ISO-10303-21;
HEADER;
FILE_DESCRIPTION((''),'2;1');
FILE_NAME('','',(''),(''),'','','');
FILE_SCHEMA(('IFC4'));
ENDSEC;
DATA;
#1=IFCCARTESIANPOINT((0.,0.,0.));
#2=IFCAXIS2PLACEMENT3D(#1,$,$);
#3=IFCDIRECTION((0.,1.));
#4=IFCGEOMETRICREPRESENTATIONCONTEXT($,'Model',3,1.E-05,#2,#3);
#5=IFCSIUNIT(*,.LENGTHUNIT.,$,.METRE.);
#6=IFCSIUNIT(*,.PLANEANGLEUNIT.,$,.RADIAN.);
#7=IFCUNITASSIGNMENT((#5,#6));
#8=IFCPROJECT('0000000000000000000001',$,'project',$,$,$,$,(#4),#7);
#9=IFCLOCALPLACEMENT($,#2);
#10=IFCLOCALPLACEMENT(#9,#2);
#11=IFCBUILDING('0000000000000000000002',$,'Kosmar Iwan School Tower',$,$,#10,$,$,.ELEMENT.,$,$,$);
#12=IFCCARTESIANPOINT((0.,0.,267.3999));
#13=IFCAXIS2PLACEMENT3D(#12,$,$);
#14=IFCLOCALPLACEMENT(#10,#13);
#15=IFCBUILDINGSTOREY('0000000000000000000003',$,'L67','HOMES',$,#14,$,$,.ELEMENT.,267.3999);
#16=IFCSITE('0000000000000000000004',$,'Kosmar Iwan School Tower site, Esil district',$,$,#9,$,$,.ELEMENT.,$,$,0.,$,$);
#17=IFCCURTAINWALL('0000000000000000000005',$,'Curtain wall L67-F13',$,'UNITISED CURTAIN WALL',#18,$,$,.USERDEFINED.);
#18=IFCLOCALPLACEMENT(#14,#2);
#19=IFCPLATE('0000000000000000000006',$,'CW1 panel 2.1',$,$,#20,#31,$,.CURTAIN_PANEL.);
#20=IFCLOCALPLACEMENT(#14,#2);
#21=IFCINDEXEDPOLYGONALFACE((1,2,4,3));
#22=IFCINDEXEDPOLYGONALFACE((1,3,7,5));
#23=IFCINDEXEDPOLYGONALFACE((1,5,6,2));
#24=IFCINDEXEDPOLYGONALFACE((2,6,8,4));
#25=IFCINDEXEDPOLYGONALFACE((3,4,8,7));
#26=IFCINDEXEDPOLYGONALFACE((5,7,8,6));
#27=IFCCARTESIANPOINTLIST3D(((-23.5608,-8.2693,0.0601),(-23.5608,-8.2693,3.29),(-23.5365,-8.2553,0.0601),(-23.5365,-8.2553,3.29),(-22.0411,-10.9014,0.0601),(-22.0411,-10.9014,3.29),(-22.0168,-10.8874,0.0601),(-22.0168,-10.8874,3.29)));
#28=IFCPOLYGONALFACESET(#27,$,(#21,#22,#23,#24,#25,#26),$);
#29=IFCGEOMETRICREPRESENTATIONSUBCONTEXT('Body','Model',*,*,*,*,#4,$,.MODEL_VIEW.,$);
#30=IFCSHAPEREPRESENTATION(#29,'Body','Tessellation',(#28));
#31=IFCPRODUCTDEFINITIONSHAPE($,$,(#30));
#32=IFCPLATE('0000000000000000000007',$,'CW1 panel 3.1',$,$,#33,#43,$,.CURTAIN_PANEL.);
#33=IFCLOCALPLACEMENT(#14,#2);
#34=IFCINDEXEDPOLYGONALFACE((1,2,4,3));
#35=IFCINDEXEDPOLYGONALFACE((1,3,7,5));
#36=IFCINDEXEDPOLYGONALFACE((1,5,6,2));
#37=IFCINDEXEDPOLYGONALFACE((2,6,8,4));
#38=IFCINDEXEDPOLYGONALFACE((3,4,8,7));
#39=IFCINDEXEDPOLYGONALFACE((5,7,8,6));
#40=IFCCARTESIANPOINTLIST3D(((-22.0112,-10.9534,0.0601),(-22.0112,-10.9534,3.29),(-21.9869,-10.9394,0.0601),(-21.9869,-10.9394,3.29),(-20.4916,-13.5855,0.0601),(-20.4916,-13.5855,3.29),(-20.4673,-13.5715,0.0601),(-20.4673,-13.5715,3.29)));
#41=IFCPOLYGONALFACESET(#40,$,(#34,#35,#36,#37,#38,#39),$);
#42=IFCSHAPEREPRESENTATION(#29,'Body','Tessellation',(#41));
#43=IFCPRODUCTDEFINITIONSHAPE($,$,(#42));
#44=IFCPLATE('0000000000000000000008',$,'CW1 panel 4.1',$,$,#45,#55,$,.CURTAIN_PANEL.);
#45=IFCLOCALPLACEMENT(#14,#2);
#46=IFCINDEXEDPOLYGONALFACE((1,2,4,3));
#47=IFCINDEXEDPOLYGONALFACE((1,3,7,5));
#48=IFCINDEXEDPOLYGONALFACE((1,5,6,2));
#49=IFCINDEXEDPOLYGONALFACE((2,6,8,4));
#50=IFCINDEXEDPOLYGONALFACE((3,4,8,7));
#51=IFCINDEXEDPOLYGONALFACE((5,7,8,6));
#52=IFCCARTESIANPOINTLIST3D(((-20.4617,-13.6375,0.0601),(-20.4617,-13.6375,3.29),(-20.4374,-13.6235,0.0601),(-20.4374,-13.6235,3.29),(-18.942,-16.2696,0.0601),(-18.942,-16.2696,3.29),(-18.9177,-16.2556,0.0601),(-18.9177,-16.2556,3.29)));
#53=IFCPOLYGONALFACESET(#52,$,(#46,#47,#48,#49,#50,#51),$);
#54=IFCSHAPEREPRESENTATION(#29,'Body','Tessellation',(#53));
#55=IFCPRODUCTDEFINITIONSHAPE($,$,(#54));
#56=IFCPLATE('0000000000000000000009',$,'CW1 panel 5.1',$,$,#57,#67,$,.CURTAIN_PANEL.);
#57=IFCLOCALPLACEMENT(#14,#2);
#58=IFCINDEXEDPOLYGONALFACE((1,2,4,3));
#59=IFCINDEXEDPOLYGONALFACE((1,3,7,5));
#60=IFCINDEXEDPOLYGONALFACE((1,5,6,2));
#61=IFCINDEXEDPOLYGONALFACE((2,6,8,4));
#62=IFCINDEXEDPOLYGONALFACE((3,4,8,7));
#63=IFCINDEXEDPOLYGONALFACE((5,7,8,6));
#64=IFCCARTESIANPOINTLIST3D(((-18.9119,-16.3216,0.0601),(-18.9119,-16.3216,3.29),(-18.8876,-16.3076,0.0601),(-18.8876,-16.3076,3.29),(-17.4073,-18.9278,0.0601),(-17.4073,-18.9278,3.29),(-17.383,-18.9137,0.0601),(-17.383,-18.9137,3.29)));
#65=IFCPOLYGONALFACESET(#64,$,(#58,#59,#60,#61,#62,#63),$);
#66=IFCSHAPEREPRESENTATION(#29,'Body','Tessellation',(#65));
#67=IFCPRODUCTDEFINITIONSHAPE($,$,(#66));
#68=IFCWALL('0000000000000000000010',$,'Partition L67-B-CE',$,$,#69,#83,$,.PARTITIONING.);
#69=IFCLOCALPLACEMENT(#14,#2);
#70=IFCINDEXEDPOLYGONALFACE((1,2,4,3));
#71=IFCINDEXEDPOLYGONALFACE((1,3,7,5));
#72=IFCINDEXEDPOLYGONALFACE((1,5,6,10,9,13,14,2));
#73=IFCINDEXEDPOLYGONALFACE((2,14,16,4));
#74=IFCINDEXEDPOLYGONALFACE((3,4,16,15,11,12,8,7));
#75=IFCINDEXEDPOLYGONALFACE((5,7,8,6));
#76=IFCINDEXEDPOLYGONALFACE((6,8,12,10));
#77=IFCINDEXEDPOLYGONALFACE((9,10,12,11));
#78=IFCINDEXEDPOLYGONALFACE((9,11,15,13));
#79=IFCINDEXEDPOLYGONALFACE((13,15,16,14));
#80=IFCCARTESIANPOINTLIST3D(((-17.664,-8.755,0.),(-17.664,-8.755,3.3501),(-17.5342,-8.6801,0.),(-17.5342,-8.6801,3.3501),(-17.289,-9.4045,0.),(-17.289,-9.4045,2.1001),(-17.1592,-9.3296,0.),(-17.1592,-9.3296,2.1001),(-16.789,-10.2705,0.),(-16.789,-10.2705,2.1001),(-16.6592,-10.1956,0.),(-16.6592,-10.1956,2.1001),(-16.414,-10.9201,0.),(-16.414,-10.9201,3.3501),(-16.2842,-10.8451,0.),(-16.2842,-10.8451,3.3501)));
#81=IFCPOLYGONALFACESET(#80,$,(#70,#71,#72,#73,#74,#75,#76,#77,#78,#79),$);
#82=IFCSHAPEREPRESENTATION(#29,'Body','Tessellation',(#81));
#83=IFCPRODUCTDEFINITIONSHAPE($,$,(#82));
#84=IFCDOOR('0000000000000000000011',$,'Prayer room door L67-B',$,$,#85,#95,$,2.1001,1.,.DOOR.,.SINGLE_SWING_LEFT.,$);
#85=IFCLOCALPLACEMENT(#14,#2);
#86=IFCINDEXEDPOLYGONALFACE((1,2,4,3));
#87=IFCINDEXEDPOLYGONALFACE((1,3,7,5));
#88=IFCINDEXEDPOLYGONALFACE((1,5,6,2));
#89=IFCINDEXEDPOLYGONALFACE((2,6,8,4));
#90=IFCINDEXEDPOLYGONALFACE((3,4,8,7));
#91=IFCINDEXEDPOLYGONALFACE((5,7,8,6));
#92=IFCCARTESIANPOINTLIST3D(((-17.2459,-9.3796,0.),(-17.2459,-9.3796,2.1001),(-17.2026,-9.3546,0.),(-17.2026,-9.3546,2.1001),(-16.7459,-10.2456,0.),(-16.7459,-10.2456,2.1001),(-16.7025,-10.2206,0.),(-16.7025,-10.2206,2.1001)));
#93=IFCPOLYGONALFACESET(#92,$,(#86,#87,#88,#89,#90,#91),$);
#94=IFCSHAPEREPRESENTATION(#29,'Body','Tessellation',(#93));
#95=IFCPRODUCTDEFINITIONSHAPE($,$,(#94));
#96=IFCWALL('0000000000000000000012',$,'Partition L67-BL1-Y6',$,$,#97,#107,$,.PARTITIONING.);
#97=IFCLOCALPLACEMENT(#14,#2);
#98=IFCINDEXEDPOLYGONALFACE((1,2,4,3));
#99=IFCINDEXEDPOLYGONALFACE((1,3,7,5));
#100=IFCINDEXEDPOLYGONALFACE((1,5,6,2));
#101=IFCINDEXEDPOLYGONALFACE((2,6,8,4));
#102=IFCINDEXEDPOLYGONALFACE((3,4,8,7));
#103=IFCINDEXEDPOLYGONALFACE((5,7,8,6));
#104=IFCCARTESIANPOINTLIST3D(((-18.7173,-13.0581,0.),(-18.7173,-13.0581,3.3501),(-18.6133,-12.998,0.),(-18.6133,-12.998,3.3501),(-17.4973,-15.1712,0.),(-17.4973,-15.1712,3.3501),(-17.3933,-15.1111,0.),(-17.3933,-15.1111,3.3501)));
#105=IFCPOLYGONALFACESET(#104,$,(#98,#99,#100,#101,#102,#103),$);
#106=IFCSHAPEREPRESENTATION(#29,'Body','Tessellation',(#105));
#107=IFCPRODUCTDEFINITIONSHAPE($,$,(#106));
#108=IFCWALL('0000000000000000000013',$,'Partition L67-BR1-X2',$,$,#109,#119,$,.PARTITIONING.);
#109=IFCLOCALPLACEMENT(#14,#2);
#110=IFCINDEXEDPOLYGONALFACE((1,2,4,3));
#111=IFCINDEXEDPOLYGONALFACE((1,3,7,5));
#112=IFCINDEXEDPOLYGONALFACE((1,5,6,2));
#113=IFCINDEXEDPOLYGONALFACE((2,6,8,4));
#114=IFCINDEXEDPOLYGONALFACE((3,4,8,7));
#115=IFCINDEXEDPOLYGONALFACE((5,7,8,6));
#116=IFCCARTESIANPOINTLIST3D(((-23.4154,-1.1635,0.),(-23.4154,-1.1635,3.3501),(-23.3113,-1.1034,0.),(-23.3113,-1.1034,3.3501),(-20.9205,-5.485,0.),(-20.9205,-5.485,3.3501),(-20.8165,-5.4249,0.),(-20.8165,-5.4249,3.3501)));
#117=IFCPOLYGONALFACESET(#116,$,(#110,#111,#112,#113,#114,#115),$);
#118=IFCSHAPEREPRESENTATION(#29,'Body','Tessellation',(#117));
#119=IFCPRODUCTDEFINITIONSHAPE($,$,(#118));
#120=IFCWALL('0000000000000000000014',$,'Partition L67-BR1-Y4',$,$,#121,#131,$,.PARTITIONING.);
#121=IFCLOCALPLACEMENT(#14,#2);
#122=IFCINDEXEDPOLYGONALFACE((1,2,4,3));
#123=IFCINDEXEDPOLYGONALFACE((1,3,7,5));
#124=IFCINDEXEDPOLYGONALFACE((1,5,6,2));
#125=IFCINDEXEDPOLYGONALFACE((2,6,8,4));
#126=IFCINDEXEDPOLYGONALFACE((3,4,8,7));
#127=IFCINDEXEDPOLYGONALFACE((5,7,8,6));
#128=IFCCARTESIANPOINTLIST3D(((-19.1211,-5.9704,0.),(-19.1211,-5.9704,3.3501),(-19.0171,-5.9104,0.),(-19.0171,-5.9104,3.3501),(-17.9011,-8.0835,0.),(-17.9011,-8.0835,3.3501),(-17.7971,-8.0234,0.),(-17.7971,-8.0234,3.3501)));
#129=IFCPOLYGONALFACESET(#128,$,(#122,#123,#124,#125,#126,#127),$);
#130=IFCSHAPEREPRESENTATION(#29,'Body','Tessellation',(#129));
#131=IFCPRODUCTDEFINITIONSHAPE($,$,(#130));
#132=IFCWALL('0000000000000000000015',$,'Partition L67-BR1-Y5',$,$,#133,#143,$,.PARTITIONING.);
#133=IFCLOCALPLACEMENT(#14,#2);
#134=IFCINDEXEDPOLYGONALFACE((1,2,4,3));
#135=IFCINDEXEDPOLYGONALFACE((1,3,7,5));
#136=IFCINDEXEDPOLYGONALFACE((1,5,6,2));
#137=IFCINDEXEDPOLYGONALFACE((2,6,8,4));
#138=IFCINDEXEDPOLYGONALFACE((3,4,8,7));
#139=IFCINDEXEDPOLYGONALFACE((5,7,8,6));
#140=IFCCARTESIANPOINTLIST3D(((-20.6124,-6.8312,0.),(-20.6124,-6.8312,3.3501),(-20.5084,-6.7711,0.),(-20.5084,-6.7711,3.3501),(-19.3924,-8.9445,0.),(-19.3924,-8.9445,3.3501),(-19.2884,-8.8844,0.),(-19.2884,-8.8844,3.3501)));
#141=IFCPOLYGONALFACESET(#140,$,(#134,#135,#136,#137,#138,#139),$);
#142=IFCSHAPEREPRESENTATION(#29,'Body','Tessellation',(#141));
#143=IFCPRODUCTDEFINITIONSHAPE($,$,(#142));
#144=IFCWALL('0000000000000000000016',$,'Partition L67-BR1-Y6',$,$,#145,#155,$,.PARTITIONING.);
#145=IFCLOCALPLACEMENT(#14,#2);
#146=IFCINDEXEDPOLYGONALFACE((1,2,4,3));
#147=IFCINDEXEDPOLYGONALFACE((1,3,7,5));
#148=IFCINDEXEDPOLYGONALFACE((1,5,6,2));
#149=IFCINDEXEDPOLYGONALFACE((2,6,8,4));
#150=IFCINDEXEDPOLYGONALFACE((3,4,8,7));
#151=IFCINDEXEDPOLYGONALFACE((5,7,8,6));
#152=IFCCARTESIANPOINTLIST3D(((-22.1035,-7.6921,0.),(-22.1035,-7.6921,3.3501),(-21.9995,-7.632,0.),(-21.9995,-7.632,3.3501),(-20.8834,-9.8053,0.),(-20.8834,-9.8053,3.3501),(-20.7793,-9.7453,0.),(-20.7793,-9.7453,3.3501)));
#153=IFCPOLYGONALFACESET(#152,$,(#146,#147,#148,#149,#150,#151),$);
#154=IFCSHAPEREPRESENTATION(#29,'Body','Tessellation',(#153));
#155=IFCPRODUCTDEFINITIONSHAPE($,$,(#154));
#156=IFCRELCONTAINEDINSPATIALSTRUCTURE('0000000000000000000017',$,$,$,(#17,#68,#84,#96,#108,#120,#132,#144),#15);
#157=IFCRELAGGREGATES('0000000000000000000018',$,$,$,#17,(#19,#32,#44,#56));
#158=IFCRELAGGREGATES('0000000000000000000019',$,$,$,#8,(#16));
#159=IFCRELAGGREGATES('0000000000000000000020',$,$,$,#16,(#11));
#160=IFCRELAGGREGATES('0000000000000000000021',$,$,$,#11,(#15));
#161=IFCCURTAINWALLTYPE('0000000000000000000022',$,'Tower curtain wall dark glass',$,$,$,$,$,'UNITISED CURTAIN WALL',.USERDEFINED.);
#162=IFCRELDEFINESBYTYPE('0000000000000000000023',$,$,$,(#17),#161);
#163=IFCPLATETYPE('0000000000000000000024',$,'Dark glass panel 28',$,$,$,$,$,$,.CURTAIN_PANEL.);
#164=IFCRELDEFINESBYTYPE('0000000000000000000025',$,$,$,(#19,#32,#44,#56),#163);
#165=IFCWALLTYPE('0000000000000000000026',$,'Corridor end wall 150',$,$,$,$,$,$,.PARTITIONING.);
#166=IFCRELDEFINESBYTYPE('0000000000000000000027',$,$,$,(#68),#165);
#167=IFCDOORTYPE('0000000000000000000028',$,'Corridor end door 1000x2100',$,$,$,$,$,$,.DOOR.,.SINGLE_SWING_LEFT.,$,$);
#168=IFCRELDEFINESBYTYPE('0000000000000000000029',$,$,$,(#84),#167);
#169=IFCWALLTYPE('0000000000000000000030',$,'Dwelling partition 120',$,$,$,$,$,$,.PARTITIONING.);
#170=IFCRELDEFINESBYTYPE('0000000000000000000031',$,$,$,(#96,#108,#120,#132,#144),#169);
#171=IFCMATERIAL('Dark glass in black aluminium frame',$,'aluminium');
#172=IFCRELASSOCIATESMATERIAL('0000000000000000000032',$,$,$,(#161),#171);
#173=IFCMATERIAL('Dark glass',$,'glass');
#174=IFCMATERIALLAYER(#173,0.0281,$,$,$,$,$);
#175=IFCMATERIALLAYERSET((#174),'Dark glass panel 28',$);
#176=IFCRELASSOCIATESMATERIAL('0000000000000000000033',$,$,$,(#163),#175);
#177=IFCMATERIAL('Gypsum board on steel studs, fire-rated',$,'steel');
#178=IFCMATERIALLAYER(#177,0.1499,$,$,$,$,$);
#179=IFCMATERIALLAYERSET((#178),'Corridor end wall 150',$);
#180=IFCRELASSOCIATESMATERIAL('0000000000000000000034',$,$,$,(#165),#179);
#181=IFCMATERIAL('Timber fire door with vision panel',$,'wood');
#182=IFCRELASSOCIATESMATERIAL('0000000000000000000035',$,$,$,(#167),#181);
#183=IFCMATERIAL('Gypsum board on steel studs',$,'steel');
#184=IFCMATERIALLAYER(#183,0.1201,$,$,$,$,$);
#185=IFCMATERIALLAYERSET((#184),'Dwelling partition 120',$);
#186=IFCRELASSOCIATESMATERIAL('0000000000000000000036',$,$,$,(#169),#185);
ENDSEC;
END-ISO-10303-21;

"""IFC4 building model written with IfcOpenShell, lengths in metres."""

from ifc_helpers import new_model, si_unit, direction, frame, frame_2d, origin, origin_2d, place, context, subcontext, project, spatial, rectangle, extrude, material, layer, layer_set, type_object, element, fill, aggregate, save


model = new_model("IFC4")

# Units and contexts
model_context = context("Model", 3, precision=1e-05, world=origin(), true_north=direction((0.0, 1.0)))
body_context = subcontext(model_context, "Body", "Model", "MODEL_VIEW")
ifc_project = project(units=[si_unit("LENGTHUNIT", "METRE"), si_unit("PLANEANGLEUNIT", "RADIAN")], contexts=[model_context])

# Site, building, storey
site_placement = place(None, origin())
site = spatial("IfcSite", under=ifc_project, at=site_placement, Name="Kosmar Iwan School Tower site, Esil district", CompositionType="ELEMENT", RefElevation=0.0)
building_placement = place(site_placement, origin())
building = spatial("IfcBuilding", under=site, at=building_placement, Name="Kosmar Iwan School Tower", CompositionType="ELEMENT")
storey_placement = place(building_placement, frame((0.0, 0.0, 267.3999)))
storey = spatial("IfcBuildingStorey", under=building, at=storey_placement, Name="L67", Description="HOMES", CompositionType="ELEMENT", Elevation=267.3999)

# Curtain wall
ifc_material_1 = material(Name="Dark glass in black aluminium frame", Category="aluminium")
curtain_wall_type_1 = type_object("IfcCurtainWallType", Name="Tower curtain wall dark glass", ElementType="UNITISED CURTAIN WALL", PredefinedType="USERDEFINED", material=ifc_material_1)
curtain_wall_1_placement = place(storey_placement, origin())
curtain_wall_1 = element("IfcCurtainWall", 1, at=curtain_wall_1_placement, inside=storey, type_object=curtain_wall_type_1, Name="Curtain wall L67-F13", ObjectType="UNITISED CURTAIN WALL", PredefinedType="USERDEFINED")

# Plates
ifc_material_2 = material(Name="Dark glass", Category="glass")
ifc_layer_1 = layer(ifc_material_2, 0.0281)
ifc_layer_set_1 = layer_set([ifc_layer_1], Name="Dark glass panel 28")
plate_type = type_object("IfcPlateType", Name="Dark glass panel 28", PredefinedType="CURTAIN_PANEL", material=ifc_layer_set_1)
plate_1_placement = place(storey_placement, frame((-22.7888, -9.5784, 0.0601), z_axis=(0.0, 0.0, 1.0), x_axis=(0.5, -0.866025, 0.0)))
plate_1 = element("IfcPlate", 2, at=plate_1_placement, type_object=plate_type, Name="CW1 panel 2.1", PredefinedType="CURTAIN_PANEL", context=body_context, shape_type="SweptSolid", body=[
    extrude(rectangle(XDim=3.0393, YDim=0.0281, at=origin_2d()), origin(), (0.0, 0.0, 1.0), 3.23),
])
plate_2_placement = place(storey_placement, frame((-21.2393, -12.2625, 0.0601), z_axis=(0.0, 0.0, 1.0), x_axis=(0.5, -0.866025, 0.0)))
plate_2 = element("IfcPlate", 3, at=plate_2_placement, type_object=plate_type, Name="CW1 panel 3.1", PredefinedType="CURTAIN_PANEL", context=body_context, shape_type="SweptSolid", body=[
    extrude(rectangle(XDim=3.0393, YDim=0.0281, at=origin_2d()), origin(), (0.0, 0.0, 1.0), 3.23),
])
plate_3_placement = place(storey_placement, frame((-19.6897, -14.9465, 0.0601), z_axis=(0.0, 0.0, 1.0), x_axis=(0.5, -0.866025, 0.0)))
plate_3 = element("IfcPlate", 4, at=plate_3_placement, type_object=plate_type, Name="CW1 panel 4.1", PredefinedType="CURTAIN_PANEL", context=body_context, shape_type="SweptSolid", body=[
    extrude(rectangle(XDim=3.0393, YDim=0.0281, at=origin_2d()), origin(), (0.0, 0.0, 1.0), 3.23),
])
plate_4_placement = place(storey_placement, frame((-18.1475, -17.6177, 0.0601), z_axis=(0.0, 0.0, 1.0), x_axis=(0.5, -0.866025, 0.0)))
plate_4 = element("IfcPlate", 5, at=plate_4_placement, type_object=plate_type, Name="CW1 panel 5.1", PredefinedType="CURTAIN_PANEL", context=body_context, shape_type="SweptSolid", body=[
    extrude(rectangle(XDim=3.0093, YDim=0.0281, at=origin_2d()), origin(), (0.0, 0.0, 1.0), 3.23),
])
aggregate(curtain_wall_1, [plate_1, plate_2, plate_3, plate_4])

# Wall, opening, door
ifc_material_3 = material(Name="Gypsum board on steel studs, fire-rated", Category="steel")
ifc_layer_2 = layer(ifc_material_3, 0.1499)
ifc_layer_set_2 = layer_set([ifc_layer_2], Name="Corridor end wall 150")
wall_type_1 = type_object("IfcWallType", Name="Corridor end wall 150", PredefinedType="PARTITIONING", material=ifc_layer_set_2)
wall_1_placement = place(storey_placement, frame((-17.5991, -8.7175, 0.0), z_axis=(0.0, 0.0, 1.0), x_axis=(0.500004, -0.866023, 0.0)))
wall_1 = element("IfcWall", 6, at=wall_1_placement, inside=storey, type_object=wall_type_1, Name="Partition L67-B-CE", PredefinedType="PARTITIONING", context=body_context, shape_type="SweptSolid", body=[
    extrude(rectangle(XDim=2.5, YDim=0.1499, at=frame_2d((1.25, 0.0))), origin(), (0.0, 0.0, 1.0), 3.3501),
])
opening_placement = place(wall_1_placement, frame((0.75, 0.0, 0.0)))
opening = element("IfcOpeningElement", 7, at=opening_placement, cuts=wall_1, PredefinedType="OPENING", context=body_context, shape_type="SweptSolid", body=[
    extrude(rectangle(XDim=1.0, YDim=2.1001, at=frame_2d((0.5, 1.05))), frame((0.0, 0.0869, 0.0), z_axis=(0.0, -1.0, 0.0), x_axis=(1.0, 0.0, 0.0)), (0.0, 0.0, 1.0), 0.1738),
])
ifc_material_4 = material(Name="Timber fire door with vision panel", Category="wood")
door_type = type_object("IfcDoorType", Name="Corridor end door 1000x2100", OperationType="SINGLE_SWING_LEFT", PredefinedType="DOOR", material=ifc_material_4)
door_placement = place(opening_placement, origin())
door = element("IfcDoor", 8, at=door_placement, inside=storey, type_object=door_type, Name="Prayer room door L67-B", OperationType="SINGLE_SWING_LEFT", OverallHeight=2.1001, OverallWidth=1.0, PredefinedType="DOOR", context=body_context, shape_type="SweptSolid", body=[
    extrude(rectangle(XDim=1.0, YDim=2.1001, at=frame_2d((0.5, 1.05))), frame((0.0, 0.0249, 0.0), z_axis=(0.0, -1.0, 0.0), x_axis=(1.0, 0.0, 0.0)), (0.0, 0.0, 1.0), 0.05),
])
fill(opening, door)

# Walls
ifc_material_5 = material(Name="Gypsum board on steel studs", Category="steel")
ifc_layer_3 = layer(ifc_material_5, 0.1201)
ifc_layer_set_3 = layer_set([ifc_layer_3], Name="Dwelling partition 120")
wall_type_2 = type_object("IfcWallType", Name="Dwelling partition 120", PredefinedType="PARTITIONING", material=ifc_layer_set_3)
wall_2_placement = place(storey_placement, frame((-18.6653, -13.0281, 0.0), z_axis=(0.0, 0.0, 1.0), x_axis=(0.500003, -0.866024, 0.0)))
element("IfcWall", 9, at=wall_2_placement, inside=storey, type_object=wall_type_2, Name="Partition L67-BL1-Y6", PredefinedType="PARTITIONING", context=body_context, shape_type="SweptSolid", body=[
    extrude(rectangle(XDim=2.4399, YDim=0.1201, at=frame_2d((1.22, 0.0))), origin(), (0.0, 0.0, 1.0), 3.3501),
])
wall_3_placement = place(storey_placement, frame((-20.8684, -5.4551, 0.0), z_axis=(0.0, 0.0, 1.0), x_axis=(-0.499975, 0.86604, 0.0)))
element("IfcWall", 10, at=wall_3_placement, inside=storey, type_object=wall_type_2, Name="Partition L67-BR1-X2", PredefinedType="PARTITIONING", context=body_context, shape_type="SweptSolid", body=[
    extrude(rectangle(XDim=4.99, YDim=0.1201, at=frame_2d((2.4951, 0.0))), origin(), (0.0, 0.0, 1.0), 3.3501),
])
wall_4_placement = place(storey_placement, frame((-17.8491, -8.0535, 0.0), z_axis=(0.0, 0.0, 1.0), x_axis=(-0.500003, 0.866024, 0.0)))
element("IfcWall", 11, at=wall_4_placement, inside=storey, type_object=wall_type_2, Name="Partition L67-BR1-Y4", PredefinedType="PARTITIONING", context=body_context, shape_type="SweptSolid", body=[
    extrude(rectangle(XDim=2.4399, YDim=0.1201, at=frame_2d((1.22, 0.0))), origin(), (0.0, 0.0, 1.0), 3.3501),
])
for number, where, z_axis, x_axis, name in (
    (12, (-19.3403, -8.9146, 0.0), (0.0, 0.0, 1.0), (-0.499959, 0.866049, 0.0), "Partition L67-BR1-Y5"),
    (13, (-20.8313, -9.7754, 0.0), (0.0, 0.0, 1.0), (-0.500034, 0.866006, 0.0), "Partition L67-BR1-Y6"),
):
    element("IfcWall", number, at=place(storey_placement, frame(where, z_axis=z_axis, x_axis=x_axis)), inside=storey, type_object=wall_type_2, Name=name, PredefinedType="PARTITIONING", context=body_context, shape_type="SweptSolid", body=[
        extrude(rectangle(XDim=2.4402, YDim=0.1201, at=frame_2d((1.2202, 0.0))), origin(), (0.0, 0.0, 1.0), 3.3501),
    ])

save(model, "model.ifc")
